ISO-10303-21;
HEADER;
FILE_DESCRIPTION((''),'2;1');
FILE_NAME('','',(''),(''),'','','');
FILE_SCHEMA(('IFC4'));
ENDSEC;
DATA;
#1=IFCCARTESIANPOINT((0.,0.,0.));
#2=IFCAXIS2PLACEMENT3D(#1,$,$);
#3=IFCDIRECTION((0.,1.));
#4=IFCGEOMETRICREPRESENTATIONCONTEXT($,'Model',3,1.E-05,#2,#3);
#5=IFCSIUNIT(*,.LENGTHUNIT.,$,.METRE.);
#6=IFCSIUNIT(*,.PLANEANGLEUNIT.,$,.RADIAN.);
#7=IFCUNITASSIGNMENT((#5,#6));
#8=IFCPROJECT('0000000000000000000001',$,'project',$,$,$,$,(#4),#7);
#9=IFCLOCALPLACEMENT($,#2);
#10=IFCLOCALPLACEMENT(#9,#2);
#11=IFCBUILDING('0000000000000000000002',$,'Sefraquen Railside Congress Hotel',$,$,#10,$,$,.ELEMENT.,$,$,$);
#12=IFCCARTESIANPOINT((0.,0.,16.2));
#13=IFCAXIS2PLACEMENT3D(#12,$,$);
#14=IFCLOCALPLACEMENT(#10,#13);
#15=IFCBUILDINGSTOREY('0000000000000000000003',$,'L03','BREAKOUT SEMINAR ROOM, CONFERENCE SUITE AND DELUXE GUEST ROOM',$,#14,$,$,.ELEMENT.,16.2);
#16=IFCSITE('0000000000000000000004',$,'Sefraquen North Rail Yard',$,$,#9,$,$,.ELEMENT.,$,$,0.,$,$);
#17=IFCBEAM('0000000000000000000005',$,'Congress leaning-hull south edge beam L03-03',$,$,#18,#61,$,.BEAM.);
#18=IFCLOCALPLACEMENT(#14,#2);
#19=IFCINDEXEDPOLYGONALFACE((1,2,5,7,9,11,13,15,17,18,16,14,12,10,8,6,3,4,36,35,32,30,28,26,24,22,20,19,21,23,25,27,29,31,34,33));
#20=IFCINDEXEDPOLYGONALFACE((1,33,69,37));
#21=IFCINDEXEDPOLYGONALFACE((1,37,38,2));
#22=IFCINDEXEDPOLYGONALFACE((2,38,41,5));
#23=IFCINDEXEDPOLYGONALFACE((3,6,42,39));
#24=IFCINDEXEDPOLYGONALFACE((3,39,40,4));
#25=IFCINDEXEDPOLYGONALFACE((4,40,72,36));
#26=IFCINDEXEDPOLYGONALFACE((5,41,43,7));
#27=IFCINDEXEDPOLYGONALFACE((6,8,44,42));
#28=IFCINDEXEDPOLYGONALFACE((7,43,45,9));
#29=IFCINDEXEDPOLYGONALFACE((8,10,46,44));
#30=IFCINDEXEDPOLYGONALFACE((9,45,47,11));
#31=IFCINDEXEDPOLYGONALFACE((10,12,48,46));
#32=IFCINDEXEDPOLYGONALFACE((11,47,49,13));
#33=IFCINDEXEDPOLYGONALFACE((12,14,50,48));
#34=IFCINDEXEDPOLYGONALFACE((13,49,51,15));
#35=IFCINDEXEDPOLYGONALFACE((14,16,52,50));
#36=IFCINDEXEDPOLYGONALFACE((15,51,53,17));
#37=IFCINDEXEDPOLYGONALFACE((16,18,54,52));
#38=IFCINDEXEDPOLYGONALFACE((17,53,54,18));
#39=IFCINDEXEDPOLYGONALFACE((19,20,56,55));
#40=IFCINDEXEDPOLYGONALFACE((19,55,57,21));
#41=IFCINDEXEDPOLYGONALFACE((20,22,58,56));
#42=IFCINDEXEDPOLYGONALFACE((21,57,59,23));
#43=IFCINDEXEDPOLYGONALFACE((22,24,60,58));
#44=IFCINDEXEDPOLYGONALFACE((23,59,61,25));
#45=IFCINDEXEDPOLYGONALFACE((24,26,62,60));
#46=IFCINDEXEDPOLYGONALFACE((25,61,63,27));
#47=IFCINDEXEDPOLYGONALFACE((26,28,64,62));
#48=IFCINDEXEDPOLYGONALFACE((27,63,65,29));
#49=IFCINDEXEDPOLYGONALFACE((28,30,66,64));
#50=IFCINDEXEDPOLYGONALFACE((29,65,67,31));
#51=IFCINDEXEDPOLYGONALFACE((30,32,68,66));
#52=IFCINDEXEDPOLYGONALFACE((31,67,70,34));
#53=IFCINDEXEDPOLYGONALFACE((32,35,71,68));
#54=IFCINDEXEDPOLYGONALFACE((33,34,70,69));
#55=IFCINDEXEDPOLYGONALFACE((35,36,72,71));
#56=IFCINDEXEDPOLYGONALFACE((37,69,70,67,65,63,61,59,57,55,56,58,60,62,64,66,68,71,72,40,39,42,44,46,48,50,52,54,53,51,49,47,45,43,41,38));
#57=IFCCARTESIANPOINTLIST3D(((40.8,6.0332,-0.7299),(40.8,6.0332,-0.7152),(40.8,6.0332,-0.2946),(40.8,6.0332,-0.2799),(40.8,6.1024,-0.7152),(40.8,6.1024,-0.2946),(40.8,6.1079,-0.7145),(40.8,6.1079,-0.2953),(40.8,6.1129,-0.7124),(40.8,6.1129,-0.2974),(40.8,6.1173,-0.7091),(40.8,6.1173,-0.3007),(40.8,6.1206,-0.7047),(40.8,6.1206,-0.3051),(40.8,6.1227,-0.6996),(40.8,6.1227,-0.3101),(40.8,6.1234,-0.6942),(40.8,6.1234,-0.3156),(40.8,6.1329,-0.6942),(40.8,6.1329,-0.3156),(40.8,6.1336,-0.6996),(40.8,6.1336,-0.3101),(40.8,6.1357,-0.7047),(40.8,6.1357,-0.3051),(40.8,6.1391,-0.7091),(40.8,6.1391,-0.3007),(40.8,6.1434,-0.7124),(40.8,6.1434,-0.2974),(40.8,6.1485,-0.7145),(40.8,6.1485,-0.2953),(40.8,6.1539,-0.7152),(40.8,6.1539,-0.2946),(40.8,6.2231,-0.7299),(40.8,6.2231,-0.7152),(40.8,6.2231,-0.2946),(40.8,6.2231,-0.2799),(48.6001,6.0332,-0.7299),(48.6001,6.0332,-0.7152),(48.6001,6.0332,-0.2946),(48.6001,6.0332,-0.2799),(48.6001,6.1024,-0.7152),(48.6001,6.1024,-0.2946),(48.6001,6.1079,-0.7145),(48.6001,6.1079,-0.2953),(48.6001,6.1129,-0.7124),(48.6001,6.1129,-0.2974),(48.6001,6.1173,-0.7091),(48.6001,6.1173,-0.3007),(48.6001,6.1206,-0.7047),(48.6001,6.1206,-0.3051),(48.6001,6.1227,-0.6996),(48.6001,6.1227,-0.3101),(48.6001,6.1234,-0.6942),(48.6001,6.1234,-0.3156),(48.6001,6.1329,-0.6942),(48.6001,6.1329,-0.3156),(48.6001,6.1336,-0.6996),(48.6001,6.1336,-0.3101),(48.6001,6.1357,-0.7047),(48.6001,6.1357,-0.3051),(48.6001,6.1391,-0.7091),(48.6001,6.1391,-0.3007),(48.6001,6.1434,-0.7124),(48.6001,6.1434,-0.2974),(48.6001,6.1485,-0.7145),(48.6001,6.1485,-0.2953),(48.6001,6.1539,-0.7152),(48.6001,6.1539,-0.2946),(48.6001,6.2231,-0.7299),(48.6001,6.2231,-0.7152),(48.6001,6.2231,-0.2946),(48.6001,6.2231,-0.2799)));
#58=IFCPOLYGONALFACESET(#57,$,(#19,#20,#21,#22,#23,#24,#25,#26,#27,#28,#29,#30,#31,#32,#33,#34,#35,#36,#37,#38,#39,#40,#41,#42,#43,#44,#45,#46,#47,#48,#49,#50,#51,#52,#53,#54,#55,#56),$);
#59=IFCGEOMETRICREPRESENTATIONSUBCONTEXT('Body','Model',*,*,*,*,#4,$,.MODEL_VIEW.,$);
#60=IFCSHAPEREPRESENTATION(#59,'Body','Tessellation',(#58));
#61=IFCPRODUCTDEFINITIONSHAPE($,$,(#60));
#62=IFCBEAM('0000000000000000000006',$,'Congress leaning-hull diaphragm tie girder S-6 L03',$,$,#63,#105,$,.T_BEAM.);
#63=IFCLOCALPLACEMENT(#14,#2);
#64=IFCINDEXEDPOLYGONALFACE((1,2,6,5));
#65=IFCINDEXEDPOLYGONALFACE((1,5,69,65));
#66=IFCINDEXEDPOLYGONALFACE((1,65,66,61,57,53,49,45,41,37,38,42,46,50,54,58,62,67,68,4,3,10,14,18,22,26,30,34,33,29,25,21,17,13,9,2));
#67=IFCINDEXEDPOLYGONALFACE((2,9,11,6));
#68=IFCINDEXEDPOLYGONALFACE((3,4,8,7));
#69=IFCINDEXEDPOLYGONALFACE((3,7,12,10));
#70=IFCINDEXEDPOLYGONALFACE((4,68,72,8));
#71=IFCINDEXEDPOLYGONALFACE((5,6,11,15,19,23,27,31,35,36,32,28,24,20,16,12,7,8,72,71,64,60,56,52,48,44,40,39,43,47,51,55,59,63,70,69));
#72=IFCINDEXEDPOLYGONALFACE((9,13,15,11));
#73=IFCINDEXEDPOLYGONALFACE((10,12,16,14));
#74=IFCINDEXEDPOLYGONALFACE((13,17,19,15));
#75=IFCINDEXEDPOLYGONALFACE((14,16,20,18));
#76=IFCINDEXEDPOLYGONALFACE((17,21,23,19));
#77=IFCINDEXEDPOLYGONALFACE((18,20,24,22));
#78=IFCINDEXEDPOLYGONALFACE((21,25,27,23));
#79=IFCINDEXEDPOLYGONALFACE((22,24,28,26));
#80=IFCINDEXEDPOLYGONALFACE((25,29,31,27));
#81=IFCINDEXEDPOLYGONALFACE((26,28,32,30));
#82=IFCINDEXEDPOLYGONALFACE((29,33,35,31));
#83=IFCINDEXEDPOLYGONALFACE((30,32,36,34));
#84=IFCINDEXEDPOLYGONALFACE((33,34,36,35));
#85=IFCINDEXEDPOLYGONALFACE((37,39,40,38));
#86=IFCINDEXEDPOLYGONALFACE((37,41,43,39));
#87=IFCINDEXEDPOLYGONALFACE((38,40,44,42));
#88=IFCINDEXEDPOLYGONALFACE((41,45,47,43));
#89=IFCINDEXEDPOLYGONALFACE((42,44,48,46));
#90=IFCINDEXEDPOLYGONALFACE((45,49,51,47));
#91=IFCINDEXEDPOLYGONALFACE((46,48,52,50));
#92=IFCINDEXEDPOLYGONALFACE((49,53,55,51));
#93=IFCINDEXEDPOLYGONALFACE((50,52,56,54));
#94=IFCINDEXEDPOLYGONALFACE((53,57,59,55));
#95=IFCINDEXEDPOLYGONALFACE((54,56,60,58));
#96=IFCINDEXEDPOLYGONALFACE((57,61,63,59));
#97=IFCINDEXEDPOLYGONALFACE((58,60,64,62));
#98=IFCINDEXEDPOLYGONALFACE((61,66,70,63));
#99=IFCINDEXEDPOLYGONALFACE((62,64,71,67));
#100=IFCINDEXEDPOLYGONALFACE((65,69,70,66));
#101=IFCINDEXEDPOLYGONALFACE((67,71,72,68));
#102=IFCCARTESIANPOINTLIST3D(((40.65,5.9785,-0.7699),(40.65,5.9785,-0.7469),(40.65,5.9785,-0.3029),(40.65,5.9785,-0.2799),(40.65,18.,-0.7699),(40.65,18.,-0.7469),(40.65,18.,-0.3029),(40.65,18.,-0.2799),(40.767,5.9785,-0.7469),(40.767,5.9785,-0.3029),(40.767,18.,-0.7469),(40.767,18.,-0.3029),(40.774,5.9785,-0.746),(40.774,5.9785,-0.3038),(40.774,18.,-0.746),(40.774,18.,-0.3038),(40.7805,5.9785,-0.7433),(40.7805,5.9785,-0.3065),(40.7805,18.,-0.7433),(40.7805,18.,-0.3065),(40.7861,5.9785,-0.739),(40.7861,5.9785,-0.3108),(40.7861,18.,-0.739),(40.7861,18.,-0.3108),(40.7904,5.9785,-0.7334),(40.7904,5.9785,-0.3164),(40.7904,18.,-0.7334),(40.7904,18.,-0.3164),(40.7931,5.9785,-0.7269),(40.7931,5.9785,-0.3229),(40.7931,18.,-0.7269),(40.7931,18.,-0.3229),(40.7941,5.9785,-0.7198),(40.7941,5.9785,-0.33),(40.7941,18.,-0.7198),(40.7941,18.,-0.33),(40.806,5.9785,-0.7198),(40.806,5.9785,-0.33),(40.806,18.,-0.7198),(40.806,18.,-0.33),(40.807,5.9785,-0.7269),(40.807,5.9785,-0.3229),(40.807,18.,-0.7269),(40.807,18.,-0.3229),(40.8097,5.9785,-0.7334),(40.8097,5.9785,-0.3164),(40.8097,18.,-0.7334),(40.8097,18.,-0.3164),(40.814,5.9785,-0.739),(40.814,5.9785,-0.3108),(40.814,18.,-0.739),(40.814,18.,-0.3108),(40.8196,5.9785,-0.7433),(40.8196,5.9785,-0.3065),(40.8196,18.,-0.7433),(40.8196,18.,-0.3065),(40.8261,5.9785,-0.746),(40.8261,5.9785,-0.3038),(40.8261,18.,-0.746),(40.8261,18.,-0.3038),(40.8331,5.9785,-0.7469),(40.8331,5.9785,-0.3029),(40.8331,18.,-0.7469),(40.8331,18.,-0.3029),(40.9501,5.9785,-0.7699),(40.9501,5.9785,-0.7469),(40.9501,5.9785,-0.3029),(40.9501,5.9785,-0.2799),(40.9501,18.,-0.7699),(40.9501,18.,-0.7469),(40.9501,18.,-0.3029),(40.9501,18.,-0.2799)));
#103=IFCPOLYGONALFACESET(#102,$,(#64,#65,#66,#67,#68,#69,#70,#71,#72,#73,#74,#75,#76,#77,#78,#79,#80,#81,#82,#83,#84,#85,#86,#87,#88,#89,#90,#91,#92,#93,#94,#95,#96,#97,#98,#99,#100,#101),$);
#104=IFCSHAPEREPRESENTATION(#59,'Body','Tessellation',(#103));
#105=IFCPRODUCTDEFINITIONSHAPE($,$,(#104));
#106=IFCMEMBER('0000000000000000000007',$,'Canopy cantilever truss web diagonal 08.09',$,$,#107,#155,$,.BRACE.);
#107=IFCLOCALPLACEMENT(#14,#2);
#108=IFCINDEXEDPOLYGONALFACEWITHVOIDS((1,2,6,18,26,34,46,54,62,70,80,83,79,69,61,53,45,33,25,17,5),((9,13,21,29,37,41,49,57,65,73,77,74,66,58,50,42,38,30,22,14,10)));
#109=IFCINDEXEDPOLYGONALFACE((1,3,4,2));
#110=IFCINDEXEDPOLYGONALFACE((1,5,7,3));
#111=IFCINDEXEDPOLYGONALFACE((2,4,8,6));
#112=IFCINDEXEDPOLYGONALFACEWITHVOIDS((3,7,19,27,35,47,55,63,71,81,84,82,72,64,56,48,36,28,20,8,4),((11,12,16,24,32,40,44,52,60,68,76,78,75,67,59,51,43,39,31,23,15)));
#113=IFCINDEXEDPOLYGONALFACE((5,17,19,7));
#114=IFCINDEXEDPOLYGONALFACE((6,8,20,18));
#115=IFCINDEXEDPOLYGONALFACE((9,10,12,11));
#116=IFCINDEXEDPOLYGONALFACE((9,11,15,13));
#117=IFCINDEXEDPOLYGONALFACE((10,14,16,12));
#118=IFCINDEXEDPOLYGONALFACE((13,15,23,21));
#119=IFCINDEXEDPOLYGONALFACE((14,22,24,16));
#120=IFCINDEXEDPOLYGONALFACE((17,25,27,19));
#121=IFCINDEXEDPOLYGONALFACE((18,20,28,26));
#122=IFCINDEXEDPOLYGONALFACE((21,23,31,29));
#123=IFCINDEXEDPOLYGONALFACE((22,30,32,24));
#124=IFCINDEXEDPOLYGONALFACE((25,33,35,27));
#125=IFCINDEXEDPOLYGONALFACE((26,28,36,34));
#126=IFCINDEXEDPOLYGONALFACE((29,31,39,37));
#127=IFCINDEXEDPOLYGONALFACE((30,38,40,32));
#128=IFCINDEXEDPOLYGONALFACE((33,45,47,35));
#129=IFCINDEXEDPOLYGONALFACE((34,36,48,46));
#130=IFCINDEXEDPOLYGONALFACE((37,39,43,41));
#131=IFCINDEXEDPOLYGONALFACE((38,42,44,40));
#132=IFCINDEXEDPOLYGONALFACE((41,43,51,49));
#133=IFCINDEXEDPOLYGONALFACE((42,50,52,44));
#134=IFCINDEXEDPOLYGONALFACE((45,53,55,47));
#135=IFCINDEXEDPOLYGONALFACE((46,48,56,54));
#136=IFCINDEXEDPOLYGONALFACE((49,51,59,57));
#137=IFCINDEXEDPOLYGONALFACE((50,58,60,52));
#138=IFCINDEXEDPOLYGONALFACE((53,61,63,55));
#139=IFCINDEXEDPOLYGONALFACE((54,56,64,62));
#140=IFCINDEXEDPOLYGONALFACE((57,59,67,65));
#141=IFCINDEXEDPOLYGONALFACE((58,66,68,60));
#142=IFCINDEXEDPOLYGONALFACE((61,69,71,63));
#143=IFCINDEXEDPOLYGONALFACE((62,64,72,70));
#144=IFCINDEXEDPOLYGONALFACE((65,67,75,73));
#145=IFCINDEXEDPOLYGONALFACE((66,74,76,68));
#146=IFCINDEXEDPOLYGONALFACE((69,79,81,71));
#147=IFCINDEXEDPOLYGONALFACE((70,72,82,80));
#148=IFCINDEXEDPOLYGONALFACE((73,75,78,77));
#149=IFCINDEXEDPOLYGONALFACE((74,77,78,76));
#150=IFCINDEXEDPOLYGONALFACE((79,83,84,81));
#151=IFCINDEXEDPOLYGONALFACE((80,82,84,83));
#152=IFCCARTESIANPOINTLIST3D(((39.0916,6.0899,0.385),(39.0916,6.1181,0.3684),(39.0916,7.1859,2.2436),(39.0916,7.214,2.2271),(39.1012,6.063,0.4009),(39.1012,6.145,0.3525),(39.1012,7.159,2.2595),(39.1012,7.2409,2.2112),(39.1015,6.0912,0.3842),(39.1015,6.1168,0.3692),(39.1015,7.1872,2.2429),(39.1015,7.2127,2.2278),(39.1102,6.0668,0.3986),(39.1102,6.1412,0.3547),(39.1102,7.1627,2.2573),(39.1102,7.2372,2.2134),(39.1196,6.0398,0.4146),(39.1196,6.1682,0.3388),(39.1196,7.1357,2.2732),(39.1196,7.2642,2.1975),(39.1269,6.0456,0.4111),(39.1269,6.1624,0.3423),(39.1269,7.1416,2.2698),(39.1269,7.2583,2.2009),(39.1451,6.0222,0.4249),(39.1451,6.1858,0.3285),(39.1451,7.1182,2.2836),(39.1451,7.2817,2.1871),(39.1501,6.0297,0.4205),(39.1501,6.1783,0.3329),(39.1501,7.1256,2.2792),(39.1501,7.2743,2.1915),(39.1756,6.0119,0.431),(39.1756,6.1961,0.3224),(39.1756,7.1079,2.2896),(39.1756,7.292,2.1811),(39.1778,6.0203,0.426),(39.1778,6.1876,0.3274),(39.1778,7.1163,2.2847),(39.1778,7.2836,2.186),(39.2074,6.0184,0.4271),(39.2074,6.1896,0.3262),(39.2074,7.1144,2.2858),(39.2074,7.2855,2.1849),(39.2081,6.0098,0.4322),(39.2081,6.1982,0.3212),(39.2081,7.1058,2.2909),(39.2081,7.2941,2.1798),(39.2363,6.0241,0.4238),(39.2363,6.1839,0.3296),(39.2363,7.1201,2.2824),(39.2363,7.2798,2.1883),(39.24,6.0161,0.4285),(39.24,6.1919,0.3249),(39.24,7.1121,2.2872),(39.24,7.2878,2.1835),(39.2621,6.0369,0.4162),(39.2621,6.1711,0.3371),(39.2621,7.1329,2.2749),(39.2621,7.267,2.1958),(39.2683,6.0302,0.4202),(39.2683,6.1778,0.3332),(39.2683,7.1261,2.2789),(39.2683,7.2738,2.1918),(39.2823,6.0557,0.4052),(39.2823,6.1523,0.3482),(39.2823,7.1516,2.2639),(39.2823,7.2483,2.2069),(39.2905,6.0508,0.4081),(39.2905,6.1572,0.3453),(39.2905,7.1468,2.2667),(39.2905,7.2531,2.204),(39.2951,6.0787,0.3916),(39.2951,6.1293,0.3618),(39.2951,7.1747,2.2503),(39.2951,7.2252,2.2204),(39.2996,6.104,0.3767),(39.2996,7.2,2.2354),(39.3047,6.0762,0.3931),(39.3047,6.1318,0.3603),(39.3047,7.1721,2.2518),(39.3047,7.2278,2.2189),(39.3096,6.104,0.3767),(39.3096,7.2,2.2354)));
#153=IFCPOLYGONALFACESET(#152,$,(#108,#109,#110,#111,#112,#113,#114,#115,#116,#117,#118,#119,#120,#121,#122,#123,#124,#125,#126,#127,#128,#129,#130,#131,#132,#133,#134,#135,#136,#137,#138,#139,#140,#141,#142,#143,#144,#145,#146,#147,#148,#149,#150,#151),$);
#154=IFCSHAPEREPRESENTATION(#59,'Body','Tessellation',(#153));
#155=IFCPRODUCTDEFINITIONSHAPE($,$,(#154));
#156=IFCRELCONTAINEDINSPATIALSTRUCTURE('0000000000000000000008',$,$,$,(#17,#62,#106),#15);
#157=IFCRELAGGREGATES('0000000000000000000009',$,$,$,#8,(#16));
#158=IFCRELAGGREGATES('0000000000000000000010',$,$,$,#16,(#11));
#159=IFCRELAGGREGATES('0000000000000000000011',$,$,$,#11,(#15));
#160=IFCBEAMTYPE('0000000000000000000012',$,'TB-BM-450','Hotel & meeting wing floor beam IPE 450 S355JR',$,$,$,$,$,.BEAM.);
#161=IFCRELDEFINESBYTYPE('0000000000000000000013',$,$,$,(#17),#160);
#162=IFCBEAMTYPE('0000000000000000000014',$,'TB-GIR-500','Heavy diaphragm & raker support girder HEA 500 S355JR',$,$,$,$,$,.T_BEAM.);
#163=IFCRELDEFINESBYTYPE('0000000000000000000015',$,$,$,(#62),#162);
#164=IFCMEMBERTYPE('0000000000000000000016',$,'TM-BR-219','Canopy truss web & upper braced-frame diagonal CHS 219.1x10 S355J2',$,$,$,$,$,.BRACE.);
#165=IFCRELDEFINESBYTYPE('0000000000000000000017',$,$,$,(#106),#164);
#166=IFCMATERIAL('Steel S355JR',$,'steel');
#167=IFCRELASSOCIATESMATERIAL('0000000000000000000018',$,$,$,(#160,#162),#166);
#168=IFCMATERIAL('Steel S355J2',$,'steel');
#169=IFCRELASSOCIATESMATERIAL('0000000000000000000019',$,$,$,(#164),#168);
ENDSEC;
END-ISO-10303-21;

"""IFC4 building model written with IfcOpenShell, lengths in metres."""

from ifc_helpers import new_model, si_unit, direction, frame, origin, origin_2d, place, context, subcontext, project, spatial, hollow_circle, i_section, extrude, material, material_profile, profile_set, type_object, element, save


model = new_model("IFC4")

# Units and contexts
model_context = context("Model", 3, precision=1e-05, world=origin(), true_north=direction((0.0, 1.0)))
body_context = subcontext(model_context, "Body", "Model", "MODEL_VIEW")
ifc_project = project(units=[si_unit("LENGTHUNIT", "METRE"), si_unit("PLANEANGLEUNIT", "RADIAN")], contexts=[model_context])

# Site, building, storey
site_placement = place(None, origin())
site = spatial("IfcSite", under=ifc_project, at=site_placement, Name="Sefraquen North Rail Yard", CompositionType="ELEMENT", RefElevation=0.0)
building_placement = place(site_placement, origin())
building = spatial("IfcBuilding", under=site, at=building_placement, Name="Sefraquen Railside Congress Hotel", CompositionType="ELEMENT")
storey_placement = place(building_placement, frame((0.0, 0.0, 16.2)))
storey = spatial("IfcBuildingStorey", under=building, at=storey_placement, Name="L03", Description="BREAKOUT SEMINAR ROOM, CONFERENCE SUITE AND DELUXE GUEST ROOM", CompositionType="ELEMENT", Elevation=16.2)

# Beams
ifc_material_1 = material(Name="Steel S355JR", Category="steel")
ifc_material_profile_1 = material_profile(ifc_material_1, i_section(OverallWidth=0.1899, OverallDepth=0.45, WebThickness=0.0095, FlangeThickness=0.0146, FilletRadius=0.021, at=origin_2d()), Name="IPE 450")
ifc_profile_set_1 = profile_set([ifc_material_profile_1], Name="Steel S355JR")
beam_type_1 = type_object("IfcBeamType", Name="TB-BM-450", Description="Hotel & meeting wing floor beam IPE 450 S355JR", PredefinedType="BEAM", material=ifc_profile_set_1)
beam_1_placement = place(storey_placement, frame((40.8, 6.1282, -0.5049), z_axis=(1.0, 0.0, 0.0), x_axis=(0.0, 1.0, 0.0)))
element("IfcBeam", 1, at=beam_1_placement, inside=storey, type_object=beam_type_1, Name="Congress leaning-hull south edge beam L03-03", PredefinedType="BEAM", context=body_context, shape_type="SweptSolid", body=[
    extrude(i_section(OverallWidth=0.1899, OverallDepth=0.45, WebThickness=0.0095, FlangeThickness=0.0146, FilletRadius=0.021, at=origin_2d()), origin(), (0.0, 0.0, 1.0), 7.8),
])
ifc_material_profile_2 = material_profile(ifc_material_1, i_section(OverallWidth=0.3, OverallDepth=0.49, WebThickness=0.012, FlangeThickness=0.0229, FilletRadius=0.0271, at=origin_2d()), Name="HEA 500")
ifc_profile_set_2 = profile_set([ifc_material_profile_2], Name="Steel S355JR")
beam_type_2 = type_object("IfcBeamType", Name="TB-GIR-500", Description="Heavy diaphragm & raker support girder HEA 500 S355JR", PredefinedType="T_BEAM", material=ifc_profile_set_2)
beam_2_placement = place(storey_placement, frame((40.8, 5.9785, -0.5249), z_axis=(0.0, 1.0, 0.0), x_axis=(-1.0, 0.0, 0.0)))
element("IfcBeam", 2, at=beam_2_placement, inside=storey, type_object=beam_type_2, Name="Congress leaning-hull diaphragm tie girder S-6 L03", PredefinedType="T_BEAM", context=body_context, shape_type="SweptSolid", body=[
    extrude(i_section(OverallWidth=0.3, OverallDepth=0.49, WebThickness=0.012, FlangeThickness=0.0229, FilletRadius=0.0271, at=origin_2d()), origin(), (0.0, 0.0, 1.0), 12.0215),
])

# Member
ifc_material_2 = material(Name="Steel S355J2", Category="steel")
ifc_material_profile_3 = material_profile(ifc_material_2, hollow_circle(Radius=0.1096, WallThickness=0.01, at=origin_2d()), Name="CHS 219.1x10")
ifc_profile_set_3 = profile_set([ifc_material_profile_3], Name="Steel S355J2")
member_type_1 = type_object("IfcMemberType", Name="TM-BR-219", Description="Canopy truss web & upper braced-frame diagonal CHS 219.1x10 S355J2", PredefinedType="BRACE", material=ifc_profile_set_3)
member_1_placement = place(storey_placement, frame((39.2, 7.2, 2.2354), z_axis=(0.0, -0.507925, -0.861401), x_axis=(1.0, 0.0, 0.0)))
element("IfcMember", 3, at=member_1_placement, inside=storey, type_object=member_type_1, Name="Canopy cantilever truss web diagonal 08.09", PredefinedType="BRACE", context=body_context, shape_type="SweptSolid", body=[
    extrude(hollow_circle(Radius=0.1096, WallThickness=0.01, at=origin_2d()), origin(), (0.0, 0.0, 1.0), 2.1577),
])

save(model, "model.ifc")
